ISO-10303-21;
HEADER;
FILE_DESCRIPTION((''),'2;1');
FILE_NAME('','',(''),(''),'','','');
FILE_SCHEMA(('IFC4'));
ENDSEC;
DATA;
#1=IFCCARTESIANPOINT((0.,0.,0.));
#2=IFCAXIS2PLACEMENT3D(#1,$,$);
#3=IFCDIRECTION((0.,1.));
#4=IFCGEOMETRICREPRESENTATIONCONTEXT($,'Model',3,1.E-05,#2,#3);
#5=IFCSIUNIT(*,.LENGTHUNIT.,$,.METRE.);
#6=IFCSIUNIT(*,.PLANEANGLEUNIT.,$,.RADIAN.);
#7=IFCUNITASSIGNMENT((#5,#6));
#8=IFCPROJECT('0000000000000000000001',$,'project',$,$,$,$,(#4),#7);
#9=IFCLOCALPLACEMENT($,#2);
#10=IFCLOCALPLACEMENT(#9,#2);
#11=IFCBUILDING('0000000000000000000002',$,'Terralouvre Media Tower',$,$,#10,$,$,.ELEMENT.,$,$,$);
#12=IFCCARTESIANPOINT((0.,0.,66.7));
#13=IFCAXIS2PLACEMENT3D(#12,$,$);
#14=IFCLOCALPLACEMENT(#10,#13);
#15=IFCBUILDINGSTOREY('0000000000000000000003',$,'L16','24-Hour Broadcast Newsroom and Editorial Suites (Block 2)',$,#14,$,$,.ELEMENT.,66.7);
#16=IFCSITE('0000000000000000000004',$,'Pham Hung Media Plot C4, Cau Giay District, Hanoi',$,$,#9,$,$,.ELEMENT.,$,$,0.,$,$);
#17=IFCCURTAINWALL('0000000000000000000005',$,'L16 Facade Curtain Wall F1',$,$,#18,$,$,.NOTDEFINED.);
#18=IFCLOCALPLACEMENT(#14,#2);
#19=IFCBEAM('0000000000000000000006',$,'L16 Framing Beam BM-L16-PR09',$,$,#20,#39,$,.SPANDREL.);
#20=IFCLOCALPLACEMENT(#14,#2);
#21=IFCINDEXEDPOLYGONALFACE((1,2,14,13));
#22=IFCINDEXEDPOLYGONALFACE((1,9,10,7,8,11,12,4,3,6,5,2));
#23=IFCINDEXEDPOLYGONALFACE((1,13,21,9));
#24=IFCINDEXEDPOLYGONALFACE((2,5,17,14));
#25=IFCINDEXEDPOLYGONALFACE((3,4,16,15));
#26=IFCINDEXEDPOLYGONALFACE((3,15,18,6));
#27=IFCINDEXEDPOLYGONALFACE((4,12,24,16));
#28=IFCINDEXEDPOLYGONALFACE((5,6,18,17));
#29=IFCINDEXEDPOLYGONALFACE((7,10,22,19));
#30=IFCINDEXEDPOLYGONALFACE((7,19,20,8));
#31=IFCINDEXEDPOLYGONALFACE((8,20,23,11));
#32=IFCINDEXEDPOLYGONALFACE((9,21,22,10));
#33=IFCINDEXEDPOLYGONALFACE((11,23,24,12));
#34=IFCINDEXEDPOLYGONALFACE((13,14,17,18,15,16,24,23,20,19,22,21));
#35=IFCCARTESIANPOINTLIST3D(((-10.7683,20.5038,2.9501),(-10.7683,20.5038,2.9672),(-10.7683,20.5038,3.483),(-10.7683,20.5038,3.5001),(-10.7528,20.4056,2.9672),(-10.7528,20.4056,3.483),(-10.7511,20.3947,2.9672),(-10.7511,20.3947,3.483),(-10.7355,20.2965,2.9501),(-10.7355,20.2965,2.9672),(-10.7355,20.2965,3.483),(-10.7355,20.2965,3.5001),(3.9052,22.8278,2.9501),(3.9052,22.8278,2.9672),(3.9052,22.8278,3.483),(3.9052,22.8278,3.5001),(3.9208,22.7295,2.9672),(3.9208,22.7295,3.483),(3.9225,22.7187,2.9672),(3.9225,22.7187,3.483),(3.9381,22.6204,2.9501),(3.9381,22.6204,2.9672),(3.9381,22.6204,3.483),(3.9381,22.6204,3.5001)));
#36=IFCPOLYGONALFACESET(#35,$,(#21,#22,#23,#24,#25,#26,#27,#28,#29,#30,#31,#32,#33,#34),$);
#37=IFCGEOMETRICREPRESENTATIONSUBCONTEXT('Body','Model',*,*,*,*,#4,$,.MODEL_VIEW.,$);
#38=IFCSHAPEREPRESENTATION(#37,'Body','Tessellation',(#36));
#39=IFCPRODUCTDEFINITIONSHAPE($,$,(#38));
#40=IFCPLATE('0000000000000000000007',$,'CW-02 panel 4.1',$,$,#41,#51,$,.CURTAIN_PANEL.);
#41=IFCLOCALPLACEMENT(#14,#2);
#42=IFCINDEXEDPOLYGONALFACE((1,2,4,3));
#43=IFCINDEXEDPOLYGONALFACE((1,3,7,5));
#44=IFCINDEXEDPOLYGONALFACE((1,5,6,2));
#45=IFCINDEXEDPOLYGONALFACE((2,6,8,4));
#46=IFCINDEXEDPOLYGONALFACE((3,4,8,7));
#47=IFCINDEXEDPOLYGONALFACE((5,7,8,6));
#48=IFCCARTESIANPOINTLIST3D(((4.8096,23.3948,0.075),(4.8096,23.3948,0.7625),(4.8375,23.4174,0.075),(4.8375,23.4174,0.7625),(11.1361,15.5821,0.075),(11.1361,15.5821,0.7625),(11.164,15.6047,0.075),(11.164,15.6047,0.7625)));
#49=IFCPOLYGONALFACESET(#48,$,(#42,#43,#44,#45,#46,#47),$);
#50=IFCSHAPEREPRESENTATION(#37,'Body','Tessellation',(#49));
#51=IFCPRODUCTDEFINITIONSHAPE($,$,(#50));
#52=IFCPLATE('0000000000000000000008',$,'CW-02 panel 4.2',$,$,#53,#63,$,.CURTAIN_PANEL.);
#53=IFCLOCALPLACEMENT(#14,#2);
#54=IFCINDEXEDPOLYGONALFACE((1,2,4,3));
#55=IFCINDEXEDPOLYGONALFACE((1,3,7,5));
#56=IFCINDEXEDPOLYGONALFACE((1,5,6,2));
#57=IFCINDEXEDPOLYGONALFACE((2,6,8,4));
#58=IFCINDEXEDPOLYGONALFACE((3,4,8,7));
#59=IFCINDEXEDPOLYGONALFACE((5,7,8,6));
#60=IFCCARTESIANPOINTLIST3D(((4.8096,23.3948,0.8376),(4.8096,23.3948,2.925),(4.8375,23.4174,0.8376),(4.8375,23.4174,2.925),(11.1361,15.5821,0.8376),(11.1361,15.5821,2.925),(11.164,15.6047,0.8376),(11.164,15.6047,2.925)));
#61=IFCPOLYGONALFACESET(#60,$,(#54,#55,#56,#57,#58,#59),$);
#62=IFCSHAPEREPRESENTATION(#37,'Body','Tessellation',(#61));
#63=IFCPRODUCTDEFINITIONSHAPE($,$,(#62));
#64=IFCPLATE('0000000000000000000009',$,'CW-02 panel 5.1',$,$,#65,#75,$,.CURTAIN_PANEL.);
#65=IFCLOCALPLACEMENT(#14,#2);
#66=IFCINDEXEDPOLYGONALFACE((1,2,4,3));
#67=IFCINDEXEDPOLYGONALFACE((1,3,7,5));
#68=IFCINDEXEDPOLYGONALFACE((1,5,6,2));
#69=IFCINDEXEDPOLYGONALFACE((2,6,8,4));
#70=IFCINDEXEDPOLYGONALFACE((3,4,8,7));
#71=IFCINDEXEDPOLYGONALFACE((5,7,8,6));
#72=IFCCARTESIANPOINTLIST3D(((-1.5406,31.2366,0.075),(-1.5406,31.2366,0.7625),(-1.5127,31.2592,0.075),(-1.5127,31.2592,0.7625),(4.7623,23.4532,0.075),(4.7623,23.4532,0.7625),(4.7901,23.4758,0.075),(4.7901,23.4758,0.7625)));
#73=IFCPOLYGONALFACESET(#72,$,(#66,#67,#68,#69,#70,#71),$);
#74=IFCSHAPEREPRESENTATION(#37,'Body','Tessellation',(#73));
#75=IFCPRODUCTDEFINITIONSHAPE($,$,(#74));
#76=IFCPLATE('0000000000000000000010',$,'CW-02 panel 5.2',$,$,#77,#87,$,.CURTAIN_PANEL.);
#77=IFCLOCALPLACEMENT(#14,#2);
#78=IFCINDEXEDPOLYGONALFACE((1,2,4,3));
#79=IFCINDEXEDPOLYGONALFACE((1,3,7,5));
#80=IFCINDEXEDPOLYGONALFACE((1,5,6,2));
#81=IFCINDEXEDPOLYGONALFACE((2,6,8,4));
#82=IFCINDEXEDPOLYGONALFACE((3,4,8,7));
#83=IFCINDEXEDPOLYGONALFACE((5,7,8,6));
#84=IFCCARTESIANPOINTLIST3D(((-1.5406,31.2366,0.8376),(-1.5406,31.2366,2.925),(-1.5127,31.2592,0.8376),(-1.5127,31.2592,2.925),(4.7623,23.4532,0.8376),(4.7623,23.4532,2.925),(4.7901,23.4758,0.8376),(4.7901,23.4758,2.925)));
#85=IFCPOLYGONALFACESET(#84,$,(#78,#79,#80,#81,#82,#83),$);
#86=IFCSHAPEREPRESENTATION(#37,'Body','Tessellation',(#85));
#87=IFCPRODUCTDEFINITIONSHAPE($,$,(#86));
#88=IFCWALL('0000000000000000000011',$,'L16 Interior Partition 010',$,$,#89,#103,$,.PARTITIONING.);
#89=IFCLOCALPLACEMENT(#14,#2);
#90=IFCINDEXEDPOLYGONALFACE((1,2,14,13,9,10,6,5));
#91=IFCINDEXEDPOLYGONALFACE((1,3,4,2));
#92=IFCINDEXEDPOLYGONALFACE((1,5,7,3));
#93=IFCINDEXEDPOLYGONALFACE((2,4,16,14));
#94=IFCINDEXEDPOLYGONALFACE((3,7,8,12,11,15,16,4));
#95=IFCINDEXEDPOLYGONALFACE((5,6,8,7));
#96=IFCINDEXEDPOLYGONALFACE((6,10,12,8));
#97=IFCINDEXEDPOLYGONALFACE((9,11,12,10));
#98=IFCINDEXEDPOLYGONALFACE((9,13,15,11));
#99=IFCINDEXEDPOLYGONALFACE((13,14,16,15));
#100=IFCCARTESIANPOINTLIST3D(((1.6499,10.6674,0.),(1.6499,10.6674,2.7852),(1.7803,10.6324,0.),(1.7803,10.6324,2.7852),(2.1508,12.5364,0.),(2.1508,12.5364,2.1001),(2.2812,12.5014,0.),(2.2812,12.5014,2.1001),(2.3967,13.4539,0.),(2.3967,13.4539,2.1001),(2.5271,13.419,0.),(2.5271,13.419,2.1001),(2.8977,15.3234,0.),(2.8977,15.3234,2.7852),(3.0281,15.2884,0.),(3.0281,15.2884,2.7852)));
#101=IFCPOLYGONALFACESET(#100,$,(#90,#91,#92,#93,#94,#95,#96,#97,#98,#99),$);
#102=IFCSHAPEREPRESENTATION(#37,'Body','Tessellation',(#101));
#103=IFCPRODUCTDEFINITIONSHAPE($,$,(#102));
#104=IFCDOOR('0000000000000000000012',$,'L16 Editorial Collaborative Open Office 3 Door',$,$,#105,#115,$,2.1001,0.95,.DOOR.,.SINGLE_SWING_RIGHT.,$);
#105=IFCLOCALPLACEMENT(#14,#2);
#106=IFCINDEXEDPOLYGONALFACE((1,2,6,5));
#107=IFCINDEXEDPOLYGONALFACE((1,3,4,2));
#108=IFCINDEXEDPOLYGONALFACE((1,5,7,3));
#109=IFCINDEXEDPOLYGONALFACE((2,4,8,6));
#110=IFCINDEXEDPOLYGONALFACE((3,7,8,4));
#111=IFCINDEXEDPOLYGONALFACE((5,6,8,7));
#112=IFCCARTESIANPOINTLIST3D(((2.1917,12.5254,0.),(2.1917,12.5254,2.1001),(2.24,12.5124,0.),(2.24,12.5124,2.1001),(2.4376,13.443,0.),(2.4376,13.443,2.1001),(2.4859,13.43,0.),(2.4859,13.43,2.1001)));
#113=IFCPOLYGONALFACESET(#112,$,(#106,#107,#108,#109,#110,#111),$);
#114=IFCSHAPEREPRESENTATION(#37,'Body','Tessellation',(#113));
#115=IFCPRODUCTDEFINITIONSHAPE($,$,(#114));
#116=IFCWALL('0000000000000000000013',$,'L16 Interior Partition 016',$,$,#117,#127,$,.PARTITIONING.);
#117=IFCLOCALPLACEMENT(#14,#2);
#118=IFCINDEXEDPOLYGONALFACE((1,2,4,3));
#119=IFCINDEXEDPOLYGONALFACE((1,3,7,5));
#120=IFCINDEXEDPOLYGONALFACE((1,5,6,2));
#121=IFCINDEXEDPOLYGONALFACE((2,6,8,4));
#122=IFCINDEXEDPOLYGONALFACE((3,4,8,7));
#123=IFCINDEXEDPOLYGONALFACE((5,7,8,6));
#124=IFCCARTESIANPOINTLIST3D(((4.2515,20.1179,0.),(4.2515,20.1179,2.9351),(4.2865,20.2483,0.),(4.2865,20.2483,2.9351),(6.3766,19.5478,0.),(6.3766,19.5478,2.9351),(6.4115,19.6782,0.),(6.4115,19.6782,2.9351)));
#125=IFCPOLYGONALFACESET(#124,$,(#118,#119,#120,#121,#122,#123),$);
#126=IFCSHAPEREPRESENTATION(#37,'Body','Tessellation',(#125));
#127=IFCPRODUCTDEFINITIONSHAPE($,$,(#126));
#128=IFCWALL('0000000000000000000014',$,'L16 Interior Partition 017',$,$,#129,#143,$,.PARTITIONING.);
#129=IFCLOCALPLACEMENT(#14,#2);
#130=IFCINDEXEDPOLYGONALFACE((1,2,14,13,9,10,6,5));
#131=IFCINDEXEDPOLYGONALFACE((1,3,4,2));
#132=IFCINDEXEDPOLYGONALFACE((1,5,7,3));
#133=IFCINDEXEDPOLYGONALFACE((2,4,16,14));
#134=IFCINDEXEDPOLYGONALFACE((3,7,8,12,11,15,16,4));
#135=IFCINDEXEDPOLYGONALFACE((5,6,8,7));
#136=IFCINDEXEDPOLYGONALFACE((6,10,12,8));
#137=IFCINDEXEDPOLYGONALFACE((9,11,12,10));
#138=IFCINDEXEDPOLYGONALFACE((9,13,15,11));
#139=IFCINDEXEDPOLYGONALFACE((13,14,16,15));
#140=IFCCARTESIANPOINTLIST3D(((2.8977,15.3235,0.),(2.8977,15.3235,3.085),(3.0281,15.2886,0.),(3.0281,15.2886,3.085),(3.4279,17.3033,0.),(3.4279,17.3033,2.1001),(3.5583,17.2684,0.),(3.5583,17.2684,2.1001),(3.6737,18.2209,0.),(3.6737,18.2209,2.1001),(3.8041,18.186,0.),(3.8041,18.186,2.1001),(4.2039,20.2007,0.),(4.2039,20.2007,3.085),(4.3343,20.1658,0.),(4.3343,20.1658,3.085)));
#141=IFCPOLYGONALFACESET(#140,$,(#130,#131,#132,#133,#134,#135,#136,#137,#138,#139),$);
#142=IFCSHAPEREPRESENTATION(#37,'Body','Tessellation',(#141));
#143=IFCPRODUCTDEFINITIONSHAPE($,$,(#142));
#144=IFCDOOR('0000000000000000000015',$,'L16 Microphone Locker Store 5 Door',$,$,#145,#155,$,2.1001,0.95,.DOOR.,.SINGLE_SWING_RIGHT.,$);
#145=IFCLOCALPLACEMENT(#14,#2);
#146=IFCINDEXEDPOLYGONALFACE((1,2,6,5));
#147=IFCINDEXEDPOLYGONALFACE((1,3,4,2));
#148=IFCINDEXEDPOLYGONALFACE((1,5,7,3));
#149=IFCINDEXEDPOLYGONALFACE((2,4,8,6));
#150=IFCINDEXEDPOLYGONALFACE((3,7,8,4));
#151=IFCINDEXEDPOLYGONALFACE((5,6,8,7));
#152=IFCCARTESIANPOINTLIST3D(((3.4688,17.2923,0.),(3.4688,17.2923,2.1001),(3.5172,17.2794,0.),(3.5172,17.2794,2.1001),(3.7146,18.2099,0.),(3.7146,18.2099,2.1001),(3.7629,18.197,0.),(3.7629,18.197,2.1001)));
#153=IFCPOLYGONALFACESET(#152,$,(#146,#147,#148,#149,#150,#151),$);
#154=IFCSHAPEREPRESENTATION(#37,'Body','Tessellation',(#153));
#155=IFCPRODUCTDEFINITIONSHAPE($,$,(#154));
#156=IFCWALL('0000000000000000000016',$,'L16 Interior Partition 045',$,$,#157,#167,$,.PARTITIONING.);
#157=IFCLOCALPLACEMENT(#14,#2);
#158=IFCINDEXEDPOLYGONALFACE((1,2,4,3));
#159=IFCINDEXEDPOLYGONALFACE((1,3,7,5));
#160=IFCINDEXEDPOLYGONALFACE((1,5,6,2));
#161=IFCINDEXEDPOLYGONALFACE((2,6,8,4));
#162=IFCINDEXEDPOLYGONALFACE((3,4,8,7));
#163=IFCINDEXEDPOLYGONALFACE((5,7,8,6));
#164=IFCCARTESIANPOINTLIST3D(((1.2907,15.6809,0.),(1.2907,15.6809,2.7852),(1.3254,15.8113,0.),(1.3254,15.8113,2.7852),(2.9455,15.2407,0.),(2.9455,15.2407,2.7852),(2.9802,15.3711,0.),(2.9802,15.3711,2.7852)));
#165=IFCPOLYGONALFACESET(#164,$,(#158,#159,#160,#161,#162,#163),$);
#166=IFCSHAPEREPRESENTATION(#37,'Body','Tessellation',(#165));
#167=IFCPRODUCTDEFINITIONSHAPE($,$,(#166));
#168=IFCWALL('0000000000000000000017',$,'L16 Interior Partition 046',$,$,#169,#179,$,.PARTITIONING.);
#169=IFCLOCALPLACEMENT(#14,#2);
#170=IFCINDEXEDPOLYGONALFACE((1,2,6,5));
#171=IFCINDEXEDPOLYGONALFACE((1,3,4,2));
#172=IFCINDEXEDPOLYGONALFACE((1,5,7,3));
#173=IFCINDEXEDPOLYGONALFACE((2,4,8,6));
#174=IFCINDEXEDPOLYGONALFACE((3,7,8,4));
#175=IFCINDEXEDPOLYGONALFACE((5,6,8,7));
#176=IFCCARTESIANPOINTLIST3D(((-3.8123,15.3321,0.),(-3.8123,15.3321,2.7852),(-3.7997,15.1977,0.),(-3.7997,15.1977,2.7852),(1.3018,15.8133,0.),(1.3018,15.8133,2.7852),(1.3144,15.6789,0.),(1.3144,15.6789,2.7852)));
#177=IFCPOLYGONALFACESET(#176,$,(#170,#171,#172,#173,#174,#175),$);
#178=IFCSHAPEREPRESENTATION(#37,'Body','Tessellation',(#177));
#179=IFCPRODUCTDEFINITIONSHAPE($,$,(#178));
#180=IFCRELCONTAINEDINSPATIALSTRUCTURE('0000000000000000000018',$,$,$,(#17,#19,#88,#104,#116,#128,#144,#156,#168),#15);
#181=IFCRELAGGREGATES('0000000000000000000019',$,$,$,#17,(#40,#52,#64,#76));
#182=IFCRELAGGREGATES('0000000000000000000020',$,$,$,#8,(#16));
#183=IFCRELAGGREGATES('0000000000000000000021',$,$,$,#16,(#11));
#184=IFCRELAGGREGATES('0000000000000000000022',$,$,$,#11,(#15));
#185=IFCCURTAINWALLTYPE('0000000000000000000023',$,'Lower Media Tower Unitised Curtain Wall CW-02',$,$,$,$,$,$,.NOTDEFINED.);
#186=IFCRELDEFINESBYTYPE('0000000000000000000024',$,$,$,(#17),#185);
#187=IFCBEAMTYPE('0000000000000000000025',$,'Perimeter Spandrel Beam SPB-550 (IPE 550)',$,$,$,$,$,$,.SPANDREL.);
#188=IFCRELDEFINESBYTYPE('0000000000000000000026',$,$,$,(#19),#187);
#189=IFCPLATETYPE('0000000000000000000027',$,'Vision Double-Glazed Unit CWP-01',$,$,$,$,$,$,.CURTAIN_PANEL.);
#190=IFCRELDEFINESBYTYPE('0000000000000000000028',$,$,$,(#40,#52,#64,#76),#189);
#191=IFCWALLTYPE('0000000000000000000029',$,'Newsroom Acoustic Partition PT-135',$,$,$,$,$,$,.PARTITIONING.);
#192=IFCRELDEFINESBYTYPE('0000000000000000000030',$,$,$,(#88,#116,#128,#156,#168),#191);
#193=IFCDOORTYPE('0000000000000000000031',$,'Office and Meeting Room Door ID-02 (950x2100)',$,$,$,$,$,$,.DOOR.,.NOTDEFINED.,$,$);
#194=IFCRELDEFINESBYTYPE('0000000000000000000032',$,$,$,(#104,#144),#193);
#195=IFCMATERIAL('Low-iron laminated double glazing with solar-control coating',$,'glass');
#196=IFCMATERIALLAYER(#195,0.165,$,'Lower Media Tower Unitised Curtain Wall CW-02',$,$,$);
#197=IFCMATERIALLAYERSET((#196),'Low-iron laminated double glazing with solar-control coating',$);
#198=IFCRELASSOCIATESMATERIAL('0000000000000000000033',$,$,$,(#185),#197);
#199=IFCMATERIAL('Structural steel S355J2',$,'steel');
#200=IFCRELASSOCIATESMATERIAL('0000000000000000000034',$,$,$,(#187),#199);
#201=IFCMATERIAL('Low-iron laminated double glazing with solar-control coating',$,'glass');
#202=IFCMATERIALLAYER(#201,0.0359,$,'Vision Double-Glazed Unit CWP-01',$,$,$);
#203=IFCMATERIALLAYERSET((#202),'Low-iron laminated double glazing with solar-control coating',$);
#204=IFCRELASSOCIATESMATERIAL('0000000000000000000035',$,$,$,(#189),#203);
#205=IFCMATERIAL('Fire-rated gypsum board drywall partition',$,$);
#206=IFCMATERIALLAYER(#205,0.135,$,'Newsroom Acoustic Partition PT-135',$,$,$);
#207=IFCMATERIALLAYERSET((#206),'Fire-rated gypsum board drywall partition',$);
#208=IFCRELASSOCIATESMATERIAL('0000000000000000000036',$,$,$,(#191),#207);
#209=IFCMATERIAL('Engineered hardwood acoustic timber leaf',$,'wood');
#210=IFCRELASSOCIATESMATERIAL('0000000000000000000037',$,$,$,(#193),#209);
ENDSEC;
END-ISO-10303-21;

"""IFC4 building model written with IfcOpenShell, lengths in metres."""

from ifc_helpers import new_model, si_unit, direction, frame, frame_2d, origin, origin_2d, place, context, subcontext, project, spatial, rectangle, i_section, extrude, material, layer, layer_set, material_profile, profile_set, type_object, element, fill, aggregate, save


model = new_model("IFC4")

# Units and contexts
model_context = context("Model", 3, precision=1e-05, world=origin(), true_north=direction((0.0, 1.0)))
body_context = subcontext(model_context, "Body", "Model", "MODEL_VIEW")
ifc_project = project(units=[si_unit("LENGTHUNIT", "METRE"), si_unit("PLANEANGLEUNIT", "RADIAN")], contexts=[model_context])

# Site, building, storey
site_placement = place(None, origin())
site = spatial("IfcSite", under=ifc_project, at=site_placement, Name="Pham Hung Media Plot C4, Cau Giay District, Hanoi", CompositionType="ELEMENT", RefElevation=0.0)
building_placement = place(site_placement, origin())
building = spatial("IfcBuilding", under=site, at=building_placement, Name="Terralouvre Media Tower", CompositionType="ELEMENT")
storey_placement = place(building_placement, frame((0.0, 0.0, 66.7)))
storey = spatial("IfcBuildingStorey", under=building, at=storey_placement, Name="L16", Description="24-Hour Broadcast Newsroom and Editorial Suites (Block 2)", CompositionType="ELEMENT", Elevation=66.7)

# Curtain wall
ifc_material_1 = material(Name="Low-iron laminated double glazing with solar-control coating", Category="glass")
ifc_layer_1 = layer(ifc_material_1, 0.165, Name="Lower Media Tower Unitised Curtain Wall CW-02")
ifc_layer_set_1 = layer_set([ifc_layer_1], Name="Low-iron laminated double glazing with solar-control coating")
curtain_wall_type = type_object("IfcCurtainWallType", Name="Lower Media Tower Unitised Curtain Wall CW-02", PredefinedType="NOTDEFINED", material=ifc_layer_set_1)
curtain_wall_placement = place(storey_placement, origin())
curtain_wall = element("IfcCurtainWall", 1, at=curtain_wall_placement, inside=storey, type_object=curtain_wall_type, Name="L16 Facade Curtain Wall F1", PredefinedType="NOTDEFINED")

# Beam
ifc_material_2 = material(Name="Structural steel S355J2", Category="steel")
ifc_material_profile_1 = material_profile(ifc_material_2, i_section(OverallWidth=0.21, OverallDepth=0.55, WebThickness=0.011, FlangeThickness=0.0171, at=origin_2d()), Name="IPE 550")
ifc_profile_set_1 = profile_set([ifc_material_profile_1], Name="Structural steel S355J2")
beam_type_1 = type_object("IfcBeamType", Name="Perimeter Spandrel Beam SPB-550 (IPE 550)", PredefinedType="SPANDREL", material=ifc_profile_set_1)
beam_1_placement = place(storey_placement, frame((3.9216, 22.7241, 3.2251), z_axis=(-0.987689, -0.156428, 0.0), x_axis=(0.156428, -0.987689, 0.0)))
element("IfcBeam", 2, at=beam_1_placement, inside=storey, type_object=beam_type_1, Name="L16 Framing Beam BM-L16-PR09", PredefinedType="SPANDREL", context=body_context, shape_type="SweptSolid", body=[
    extrude(i_section(OverallWidth=0.21, OverallDepth=0.55, WebThickness=0.011, FlangeThickness=0.0171, at=origin_2d()), origin(), (0.0, 0.0, 1.0), 14.8564),
])

# Plates
ifc_material_3 = material(Name="Low-iron laminated double glazing with solar-control coating", Category="glass")
ifc_layer_2 = layer(ifc_material_3, 0.0359, Name="Vision Double-Glazed Unit CWP-01")
ifc_layer_set_2 = layer_set([ifc_layer_2], Name="Low-iron laminated double glazing with solar-control coating")
plate_type = type_object("IfcPlateType", Name="Vision Double-Glazed Unit CWP-01", PredefinedType="CURTAIN_PANEL", material=ifc_layer_set_2)
plate_1_placement = place(storey_placement, frame((7.9868, 19.4998, 0.075), z_axis=(0.0, 0.0, 1.0), x_axis=(-0.62932, 0.777146, 0.0)))
plate_1 = element("IfcPlate", 3, at=plate_1_placement, type_object=plate_type, Name="CW-02 panel 4.1", PredefinedType="CURTAIN_PANEL", context=body_context, shape_type="SweptSolid", body=[
    extrude(rectangle(XDim=10.053, YDim=0.0359, at=origin_2d()), origin(), (0.0, 0.0, 1.0), 0.6875),
])
plate_2_placement = place(storey_placement, frame((7.9868, 19.4998, 0.8376), z_axis=(0.0, 0.0, 1.0), x_axis=(-0.62932, 0.777146, 0.0)))
plate_2 = element("IfcPlate", 4, at=plate_2_placement, type_object=plate_type, Name="CW-02 panel 4.2", PredefinedType="CURTAIN_PANEL", context=body_context, shape_type="SweptSolid", body=[
    extrude(rectangle(XDim=10.053, YDim=0.0359, at=origin_2d()), origin(), (0.0, 0.0, 1.0), 2.0874),
])
plate_3_placement = place(storey_placement, frame((1.6248, 27.3562, 0.075), z_axis=(0.0, 0.0, 1.0), x_axis=(-0.62932, 0.777146, 0.0)))
plate_3 = element("IfcPlate", 5, at=plate_3_placement, type_object=plate_type, Name="CW-02 panel 5.1", PredefinedType="CURTAIN_PANEL", context=body_context, shape_type="SweptSolid", body=[
    extrude(rectangle(XDim=10.0154, YDim=0.0359, at=origin_2d()), origin(), (0.0, 0.0, 1.0), 0.6875),
])
plate_4_placement = place(storey_placement, frame((1.6248, 27.3562, 0.8376), z_axis=(0.0, 0.0, 1.0), x_axis=(-0.62932, 0.777146, 0.0)))
plate_4 = element("IfcPlate", 6, at=plate_4_placement, type_object=plate_type, Name="CW-02 panel 5.2", PredefinedType="CURTAIN_PANEL", context=body_context, shape_type="SweptSolid", body=[
    extrude(rectangle(XDim=10.0154, YDim=0.0359, at=origin_2d()), origin(), (0.0, 0.0, 1.0), 2.0874),
])
aggregate(curtain_wall, [plate_1, plate_2, plate_3, plate_4])

# Wall, opening, door
ifc_material_4 = material(Name="Fire-rated gypsum board drywall partition")
ifc_layer_3 = layer(ifc_material_4, 0.135, Name="Newsroom Acoustic Partition PT-135")
ifc_layer_set_3 = layer_set([ifc_layer_3], Name="Fire-rated gypsum board drywall partition")
wall_type = type_object("IfcWallType", Name="Newsroom Acoustic Partition PT-135", PredefinedType="PARTITIONING", material=ifc_layer_set_3)
wall_1_placement = place(storey_placement, frame((2.9629, 15.3059, 0.0), z_axis=(0.0, 0.0, 1.0), x_axis=(-0.258864, -0.965914, 0.0)))
wall_1 = element("IfcWall", 7, at=wall_1_placement, inside=storey, type_object=wall_type, Name="L16 Interior Partition 010", PredefinedType="PARTITIONING", context=body_context, shape_type="SweptSolid", body=[
    extrude(rectangle(XDim=4.8203, YDim=0.135, at=frame_2d((2.4102, 0.0))), origin(), (0.0, 0.0, 1.0), 2.7852),
])
opening_1_placement = place(wall_1_placement, frame((1.9353, 0.0, 0.0)))
opening_1 = element("IfcOpeningElement", 8, at=opening_1_placement, cuts=wall_1, PredefinedType="OPENING", context=body_context, shape_type="SweptSolid", body=[
    extrude(rectangle(XDim=0.95, YDim=2.1001, at=frame_2d((0.4751, 1.05))), frame((0.0, 0.0774, 0.0), z_axis=(0.0, -1.0, 0.0), x_axis=(1.0, 0.0, 0.0)), (0.0, 0.0, 1.0), 0.155),
])
ifc_material_5 = material(Name="Engineered hardwood acoustic timber leaf", Category="wood")
door_type = type_object("IfcDoorType", Name="Office and Meeting Room Door ID-02 (950x2100)", OperationType="NOTDEFINED", PredefinedType="DOOR", material=ifc_material_5)
door_1_placement = place(opening_1_placement, origin())
door_1 = element("IfcDoor", 9, at=door_1_placement, inside=storey, type_object=door_type, Name="L16 Editorial Collaborative Open Office 3 Door", OperationType="SINGLE_SWING_RIGHT", OverallHeight=2.1001, OverallWidth=0.95, PredefinedType="DOOR", context=body_context, shape_type="SweptSolid", body=[
    extrude(rectangle(XDim=0.95, YDim=2.1001, at=frame_2d((0.4751, 1.05))), frame((0.0, 0.0249, 0.0), z_axis=(0.0, -1.0, 0.0), x_axis=(1.0, 0.0, 0.0)), (0.0, 0.0, 1.0), 0.05),
])
fill(opening_1, door_1)

# Wall
wall_2_placement = place(storey_placement, frame((6.394, 19.613, 0.0), z_axis=(0.0, 0.0, 1.0), x_axis=(-0.965849, 0.259106, 0.0)))
element("IfcWall", 10, at=wall_2_placement, inside=storey, type_object=wall_type, Name="L16 Interior Partition 016", PredefinedType="PARTITIONING", context=body_context, shape_type="SweptSolid", body=[
    extrude(rectangle(XDim=2.2002, YDim=0.135, at=frame_2d((1.1001, 0.0))), origin(), (0.0, 0.0, 1.0), 2.9351),
])

# Wall, opening, door
wall_3_placement = place(storey_placement, frame((4.269, 20.1831, 0.0), z_axis=(0.0, 0.0, 1.0), x_axis=(-0.258692, -0.96596, 0.0)))
wall_3 = element("IfcWall", 11, at=wall_3_placement, inside=storey, type_object=wall_type, Name="L16 Interior Partition 017", PredefinedType="PARTITIONING", context=body_context, shape_type="SweptSolid", body=[
    extrude(rectangle(XDim=5.0491, YDim=0.135, at=frame_2d((2.5244, 0.0))), origin(), (0.0, 0.0, 1.0), 3.085),
])
opening_2_placement = place(wall_3_placement, frame((2.0493, 0.0, 0.0)))
opening_2 = element("IfcOpeningElement", 12, at=opening_2_placement, cuts=wall_3, PredefinedType="OPENING", context=body_context, shape_type="SweptSolid", body=[
    extrude(rectangle(XDim=0.95, YDim=2.1001, at=frame_2d((0.4751, 1.05))), frame((0.0, 0.0774, 0.0), z_axis=(0.0, -1.0, 0.0), x_axis=(1.0, 0.0, 0.0)), (0.0, 0.0, 1.0), 0.155),
])
door_2_placement = place(opening_2_placement, origin())
door_2 = element("IfcDoor", 13, at=door_2_placement, inside=storey, type_object=door_type, Name="L16 Microphone Locker Store 5 Door", OperationType="SINGLE_SWING_RIGHT", OverallHeight=2.1001, OverallWidth=0.95, PredefinedType="DOOR", context=body_context, shape_type="SweptSolid", body=[
    extrude(rectangle(XDim=0.95, YDim=2.1001, at=frame_2d((0.4751, 1.05))), frame((0.0, 0.0249, 0.0), z_axis=(0.0, -1.0, 0.0), x_axis=(1.0, 0.0, 0.0)), (0.0, 0.0, 1.0), 0.05),
])
fill(opening_2, door_2)

# Walls
wall_4_placement = place(storey_placement, frame((2.9629, 15.3059, 0.0), z_axis=(0.0, 0.0, 1.0), x_axis=(-0.966393, 0.257068, 0.0)))
element("IfcWall", 14, at=wall_4_placement, inside=storey, type_object=wall_type, Name="L16 Interior Partition 045", PredefinedType="PARTITIONING", context=body_context, shape_type="SweptSolid", body=[
    extrude(rectangle(XDim=1.7124, YDim=0.135, at=frame_2d((0.8562, 0.0))), origin(), (0.0, 0.0, 1.0), 2.7852),
])
wall_5_placement = place(storey_placement, frame((1.3081, 15.7461, 0.0), z_axis=(0.0, 0.0, 1.0), x_axis=(-0.995602, -0.093681, 0.0)))
element("IfcWall", 15, at=wall_5_placement, inside=storey, type_object=wall_type, Name="L16 Interior Partition 046", PredefinedType="PARTITIONING", context=body_context, shape_type="SweptSolid", body=[
    extrude(rectangle(XDim=5.1367, YDim=0.135, at=frame_2d((2.5684, 0.0))), origin(), (0.0, 0.0, 1.0), 2.7852),
])

save(model, "model.ifc")
